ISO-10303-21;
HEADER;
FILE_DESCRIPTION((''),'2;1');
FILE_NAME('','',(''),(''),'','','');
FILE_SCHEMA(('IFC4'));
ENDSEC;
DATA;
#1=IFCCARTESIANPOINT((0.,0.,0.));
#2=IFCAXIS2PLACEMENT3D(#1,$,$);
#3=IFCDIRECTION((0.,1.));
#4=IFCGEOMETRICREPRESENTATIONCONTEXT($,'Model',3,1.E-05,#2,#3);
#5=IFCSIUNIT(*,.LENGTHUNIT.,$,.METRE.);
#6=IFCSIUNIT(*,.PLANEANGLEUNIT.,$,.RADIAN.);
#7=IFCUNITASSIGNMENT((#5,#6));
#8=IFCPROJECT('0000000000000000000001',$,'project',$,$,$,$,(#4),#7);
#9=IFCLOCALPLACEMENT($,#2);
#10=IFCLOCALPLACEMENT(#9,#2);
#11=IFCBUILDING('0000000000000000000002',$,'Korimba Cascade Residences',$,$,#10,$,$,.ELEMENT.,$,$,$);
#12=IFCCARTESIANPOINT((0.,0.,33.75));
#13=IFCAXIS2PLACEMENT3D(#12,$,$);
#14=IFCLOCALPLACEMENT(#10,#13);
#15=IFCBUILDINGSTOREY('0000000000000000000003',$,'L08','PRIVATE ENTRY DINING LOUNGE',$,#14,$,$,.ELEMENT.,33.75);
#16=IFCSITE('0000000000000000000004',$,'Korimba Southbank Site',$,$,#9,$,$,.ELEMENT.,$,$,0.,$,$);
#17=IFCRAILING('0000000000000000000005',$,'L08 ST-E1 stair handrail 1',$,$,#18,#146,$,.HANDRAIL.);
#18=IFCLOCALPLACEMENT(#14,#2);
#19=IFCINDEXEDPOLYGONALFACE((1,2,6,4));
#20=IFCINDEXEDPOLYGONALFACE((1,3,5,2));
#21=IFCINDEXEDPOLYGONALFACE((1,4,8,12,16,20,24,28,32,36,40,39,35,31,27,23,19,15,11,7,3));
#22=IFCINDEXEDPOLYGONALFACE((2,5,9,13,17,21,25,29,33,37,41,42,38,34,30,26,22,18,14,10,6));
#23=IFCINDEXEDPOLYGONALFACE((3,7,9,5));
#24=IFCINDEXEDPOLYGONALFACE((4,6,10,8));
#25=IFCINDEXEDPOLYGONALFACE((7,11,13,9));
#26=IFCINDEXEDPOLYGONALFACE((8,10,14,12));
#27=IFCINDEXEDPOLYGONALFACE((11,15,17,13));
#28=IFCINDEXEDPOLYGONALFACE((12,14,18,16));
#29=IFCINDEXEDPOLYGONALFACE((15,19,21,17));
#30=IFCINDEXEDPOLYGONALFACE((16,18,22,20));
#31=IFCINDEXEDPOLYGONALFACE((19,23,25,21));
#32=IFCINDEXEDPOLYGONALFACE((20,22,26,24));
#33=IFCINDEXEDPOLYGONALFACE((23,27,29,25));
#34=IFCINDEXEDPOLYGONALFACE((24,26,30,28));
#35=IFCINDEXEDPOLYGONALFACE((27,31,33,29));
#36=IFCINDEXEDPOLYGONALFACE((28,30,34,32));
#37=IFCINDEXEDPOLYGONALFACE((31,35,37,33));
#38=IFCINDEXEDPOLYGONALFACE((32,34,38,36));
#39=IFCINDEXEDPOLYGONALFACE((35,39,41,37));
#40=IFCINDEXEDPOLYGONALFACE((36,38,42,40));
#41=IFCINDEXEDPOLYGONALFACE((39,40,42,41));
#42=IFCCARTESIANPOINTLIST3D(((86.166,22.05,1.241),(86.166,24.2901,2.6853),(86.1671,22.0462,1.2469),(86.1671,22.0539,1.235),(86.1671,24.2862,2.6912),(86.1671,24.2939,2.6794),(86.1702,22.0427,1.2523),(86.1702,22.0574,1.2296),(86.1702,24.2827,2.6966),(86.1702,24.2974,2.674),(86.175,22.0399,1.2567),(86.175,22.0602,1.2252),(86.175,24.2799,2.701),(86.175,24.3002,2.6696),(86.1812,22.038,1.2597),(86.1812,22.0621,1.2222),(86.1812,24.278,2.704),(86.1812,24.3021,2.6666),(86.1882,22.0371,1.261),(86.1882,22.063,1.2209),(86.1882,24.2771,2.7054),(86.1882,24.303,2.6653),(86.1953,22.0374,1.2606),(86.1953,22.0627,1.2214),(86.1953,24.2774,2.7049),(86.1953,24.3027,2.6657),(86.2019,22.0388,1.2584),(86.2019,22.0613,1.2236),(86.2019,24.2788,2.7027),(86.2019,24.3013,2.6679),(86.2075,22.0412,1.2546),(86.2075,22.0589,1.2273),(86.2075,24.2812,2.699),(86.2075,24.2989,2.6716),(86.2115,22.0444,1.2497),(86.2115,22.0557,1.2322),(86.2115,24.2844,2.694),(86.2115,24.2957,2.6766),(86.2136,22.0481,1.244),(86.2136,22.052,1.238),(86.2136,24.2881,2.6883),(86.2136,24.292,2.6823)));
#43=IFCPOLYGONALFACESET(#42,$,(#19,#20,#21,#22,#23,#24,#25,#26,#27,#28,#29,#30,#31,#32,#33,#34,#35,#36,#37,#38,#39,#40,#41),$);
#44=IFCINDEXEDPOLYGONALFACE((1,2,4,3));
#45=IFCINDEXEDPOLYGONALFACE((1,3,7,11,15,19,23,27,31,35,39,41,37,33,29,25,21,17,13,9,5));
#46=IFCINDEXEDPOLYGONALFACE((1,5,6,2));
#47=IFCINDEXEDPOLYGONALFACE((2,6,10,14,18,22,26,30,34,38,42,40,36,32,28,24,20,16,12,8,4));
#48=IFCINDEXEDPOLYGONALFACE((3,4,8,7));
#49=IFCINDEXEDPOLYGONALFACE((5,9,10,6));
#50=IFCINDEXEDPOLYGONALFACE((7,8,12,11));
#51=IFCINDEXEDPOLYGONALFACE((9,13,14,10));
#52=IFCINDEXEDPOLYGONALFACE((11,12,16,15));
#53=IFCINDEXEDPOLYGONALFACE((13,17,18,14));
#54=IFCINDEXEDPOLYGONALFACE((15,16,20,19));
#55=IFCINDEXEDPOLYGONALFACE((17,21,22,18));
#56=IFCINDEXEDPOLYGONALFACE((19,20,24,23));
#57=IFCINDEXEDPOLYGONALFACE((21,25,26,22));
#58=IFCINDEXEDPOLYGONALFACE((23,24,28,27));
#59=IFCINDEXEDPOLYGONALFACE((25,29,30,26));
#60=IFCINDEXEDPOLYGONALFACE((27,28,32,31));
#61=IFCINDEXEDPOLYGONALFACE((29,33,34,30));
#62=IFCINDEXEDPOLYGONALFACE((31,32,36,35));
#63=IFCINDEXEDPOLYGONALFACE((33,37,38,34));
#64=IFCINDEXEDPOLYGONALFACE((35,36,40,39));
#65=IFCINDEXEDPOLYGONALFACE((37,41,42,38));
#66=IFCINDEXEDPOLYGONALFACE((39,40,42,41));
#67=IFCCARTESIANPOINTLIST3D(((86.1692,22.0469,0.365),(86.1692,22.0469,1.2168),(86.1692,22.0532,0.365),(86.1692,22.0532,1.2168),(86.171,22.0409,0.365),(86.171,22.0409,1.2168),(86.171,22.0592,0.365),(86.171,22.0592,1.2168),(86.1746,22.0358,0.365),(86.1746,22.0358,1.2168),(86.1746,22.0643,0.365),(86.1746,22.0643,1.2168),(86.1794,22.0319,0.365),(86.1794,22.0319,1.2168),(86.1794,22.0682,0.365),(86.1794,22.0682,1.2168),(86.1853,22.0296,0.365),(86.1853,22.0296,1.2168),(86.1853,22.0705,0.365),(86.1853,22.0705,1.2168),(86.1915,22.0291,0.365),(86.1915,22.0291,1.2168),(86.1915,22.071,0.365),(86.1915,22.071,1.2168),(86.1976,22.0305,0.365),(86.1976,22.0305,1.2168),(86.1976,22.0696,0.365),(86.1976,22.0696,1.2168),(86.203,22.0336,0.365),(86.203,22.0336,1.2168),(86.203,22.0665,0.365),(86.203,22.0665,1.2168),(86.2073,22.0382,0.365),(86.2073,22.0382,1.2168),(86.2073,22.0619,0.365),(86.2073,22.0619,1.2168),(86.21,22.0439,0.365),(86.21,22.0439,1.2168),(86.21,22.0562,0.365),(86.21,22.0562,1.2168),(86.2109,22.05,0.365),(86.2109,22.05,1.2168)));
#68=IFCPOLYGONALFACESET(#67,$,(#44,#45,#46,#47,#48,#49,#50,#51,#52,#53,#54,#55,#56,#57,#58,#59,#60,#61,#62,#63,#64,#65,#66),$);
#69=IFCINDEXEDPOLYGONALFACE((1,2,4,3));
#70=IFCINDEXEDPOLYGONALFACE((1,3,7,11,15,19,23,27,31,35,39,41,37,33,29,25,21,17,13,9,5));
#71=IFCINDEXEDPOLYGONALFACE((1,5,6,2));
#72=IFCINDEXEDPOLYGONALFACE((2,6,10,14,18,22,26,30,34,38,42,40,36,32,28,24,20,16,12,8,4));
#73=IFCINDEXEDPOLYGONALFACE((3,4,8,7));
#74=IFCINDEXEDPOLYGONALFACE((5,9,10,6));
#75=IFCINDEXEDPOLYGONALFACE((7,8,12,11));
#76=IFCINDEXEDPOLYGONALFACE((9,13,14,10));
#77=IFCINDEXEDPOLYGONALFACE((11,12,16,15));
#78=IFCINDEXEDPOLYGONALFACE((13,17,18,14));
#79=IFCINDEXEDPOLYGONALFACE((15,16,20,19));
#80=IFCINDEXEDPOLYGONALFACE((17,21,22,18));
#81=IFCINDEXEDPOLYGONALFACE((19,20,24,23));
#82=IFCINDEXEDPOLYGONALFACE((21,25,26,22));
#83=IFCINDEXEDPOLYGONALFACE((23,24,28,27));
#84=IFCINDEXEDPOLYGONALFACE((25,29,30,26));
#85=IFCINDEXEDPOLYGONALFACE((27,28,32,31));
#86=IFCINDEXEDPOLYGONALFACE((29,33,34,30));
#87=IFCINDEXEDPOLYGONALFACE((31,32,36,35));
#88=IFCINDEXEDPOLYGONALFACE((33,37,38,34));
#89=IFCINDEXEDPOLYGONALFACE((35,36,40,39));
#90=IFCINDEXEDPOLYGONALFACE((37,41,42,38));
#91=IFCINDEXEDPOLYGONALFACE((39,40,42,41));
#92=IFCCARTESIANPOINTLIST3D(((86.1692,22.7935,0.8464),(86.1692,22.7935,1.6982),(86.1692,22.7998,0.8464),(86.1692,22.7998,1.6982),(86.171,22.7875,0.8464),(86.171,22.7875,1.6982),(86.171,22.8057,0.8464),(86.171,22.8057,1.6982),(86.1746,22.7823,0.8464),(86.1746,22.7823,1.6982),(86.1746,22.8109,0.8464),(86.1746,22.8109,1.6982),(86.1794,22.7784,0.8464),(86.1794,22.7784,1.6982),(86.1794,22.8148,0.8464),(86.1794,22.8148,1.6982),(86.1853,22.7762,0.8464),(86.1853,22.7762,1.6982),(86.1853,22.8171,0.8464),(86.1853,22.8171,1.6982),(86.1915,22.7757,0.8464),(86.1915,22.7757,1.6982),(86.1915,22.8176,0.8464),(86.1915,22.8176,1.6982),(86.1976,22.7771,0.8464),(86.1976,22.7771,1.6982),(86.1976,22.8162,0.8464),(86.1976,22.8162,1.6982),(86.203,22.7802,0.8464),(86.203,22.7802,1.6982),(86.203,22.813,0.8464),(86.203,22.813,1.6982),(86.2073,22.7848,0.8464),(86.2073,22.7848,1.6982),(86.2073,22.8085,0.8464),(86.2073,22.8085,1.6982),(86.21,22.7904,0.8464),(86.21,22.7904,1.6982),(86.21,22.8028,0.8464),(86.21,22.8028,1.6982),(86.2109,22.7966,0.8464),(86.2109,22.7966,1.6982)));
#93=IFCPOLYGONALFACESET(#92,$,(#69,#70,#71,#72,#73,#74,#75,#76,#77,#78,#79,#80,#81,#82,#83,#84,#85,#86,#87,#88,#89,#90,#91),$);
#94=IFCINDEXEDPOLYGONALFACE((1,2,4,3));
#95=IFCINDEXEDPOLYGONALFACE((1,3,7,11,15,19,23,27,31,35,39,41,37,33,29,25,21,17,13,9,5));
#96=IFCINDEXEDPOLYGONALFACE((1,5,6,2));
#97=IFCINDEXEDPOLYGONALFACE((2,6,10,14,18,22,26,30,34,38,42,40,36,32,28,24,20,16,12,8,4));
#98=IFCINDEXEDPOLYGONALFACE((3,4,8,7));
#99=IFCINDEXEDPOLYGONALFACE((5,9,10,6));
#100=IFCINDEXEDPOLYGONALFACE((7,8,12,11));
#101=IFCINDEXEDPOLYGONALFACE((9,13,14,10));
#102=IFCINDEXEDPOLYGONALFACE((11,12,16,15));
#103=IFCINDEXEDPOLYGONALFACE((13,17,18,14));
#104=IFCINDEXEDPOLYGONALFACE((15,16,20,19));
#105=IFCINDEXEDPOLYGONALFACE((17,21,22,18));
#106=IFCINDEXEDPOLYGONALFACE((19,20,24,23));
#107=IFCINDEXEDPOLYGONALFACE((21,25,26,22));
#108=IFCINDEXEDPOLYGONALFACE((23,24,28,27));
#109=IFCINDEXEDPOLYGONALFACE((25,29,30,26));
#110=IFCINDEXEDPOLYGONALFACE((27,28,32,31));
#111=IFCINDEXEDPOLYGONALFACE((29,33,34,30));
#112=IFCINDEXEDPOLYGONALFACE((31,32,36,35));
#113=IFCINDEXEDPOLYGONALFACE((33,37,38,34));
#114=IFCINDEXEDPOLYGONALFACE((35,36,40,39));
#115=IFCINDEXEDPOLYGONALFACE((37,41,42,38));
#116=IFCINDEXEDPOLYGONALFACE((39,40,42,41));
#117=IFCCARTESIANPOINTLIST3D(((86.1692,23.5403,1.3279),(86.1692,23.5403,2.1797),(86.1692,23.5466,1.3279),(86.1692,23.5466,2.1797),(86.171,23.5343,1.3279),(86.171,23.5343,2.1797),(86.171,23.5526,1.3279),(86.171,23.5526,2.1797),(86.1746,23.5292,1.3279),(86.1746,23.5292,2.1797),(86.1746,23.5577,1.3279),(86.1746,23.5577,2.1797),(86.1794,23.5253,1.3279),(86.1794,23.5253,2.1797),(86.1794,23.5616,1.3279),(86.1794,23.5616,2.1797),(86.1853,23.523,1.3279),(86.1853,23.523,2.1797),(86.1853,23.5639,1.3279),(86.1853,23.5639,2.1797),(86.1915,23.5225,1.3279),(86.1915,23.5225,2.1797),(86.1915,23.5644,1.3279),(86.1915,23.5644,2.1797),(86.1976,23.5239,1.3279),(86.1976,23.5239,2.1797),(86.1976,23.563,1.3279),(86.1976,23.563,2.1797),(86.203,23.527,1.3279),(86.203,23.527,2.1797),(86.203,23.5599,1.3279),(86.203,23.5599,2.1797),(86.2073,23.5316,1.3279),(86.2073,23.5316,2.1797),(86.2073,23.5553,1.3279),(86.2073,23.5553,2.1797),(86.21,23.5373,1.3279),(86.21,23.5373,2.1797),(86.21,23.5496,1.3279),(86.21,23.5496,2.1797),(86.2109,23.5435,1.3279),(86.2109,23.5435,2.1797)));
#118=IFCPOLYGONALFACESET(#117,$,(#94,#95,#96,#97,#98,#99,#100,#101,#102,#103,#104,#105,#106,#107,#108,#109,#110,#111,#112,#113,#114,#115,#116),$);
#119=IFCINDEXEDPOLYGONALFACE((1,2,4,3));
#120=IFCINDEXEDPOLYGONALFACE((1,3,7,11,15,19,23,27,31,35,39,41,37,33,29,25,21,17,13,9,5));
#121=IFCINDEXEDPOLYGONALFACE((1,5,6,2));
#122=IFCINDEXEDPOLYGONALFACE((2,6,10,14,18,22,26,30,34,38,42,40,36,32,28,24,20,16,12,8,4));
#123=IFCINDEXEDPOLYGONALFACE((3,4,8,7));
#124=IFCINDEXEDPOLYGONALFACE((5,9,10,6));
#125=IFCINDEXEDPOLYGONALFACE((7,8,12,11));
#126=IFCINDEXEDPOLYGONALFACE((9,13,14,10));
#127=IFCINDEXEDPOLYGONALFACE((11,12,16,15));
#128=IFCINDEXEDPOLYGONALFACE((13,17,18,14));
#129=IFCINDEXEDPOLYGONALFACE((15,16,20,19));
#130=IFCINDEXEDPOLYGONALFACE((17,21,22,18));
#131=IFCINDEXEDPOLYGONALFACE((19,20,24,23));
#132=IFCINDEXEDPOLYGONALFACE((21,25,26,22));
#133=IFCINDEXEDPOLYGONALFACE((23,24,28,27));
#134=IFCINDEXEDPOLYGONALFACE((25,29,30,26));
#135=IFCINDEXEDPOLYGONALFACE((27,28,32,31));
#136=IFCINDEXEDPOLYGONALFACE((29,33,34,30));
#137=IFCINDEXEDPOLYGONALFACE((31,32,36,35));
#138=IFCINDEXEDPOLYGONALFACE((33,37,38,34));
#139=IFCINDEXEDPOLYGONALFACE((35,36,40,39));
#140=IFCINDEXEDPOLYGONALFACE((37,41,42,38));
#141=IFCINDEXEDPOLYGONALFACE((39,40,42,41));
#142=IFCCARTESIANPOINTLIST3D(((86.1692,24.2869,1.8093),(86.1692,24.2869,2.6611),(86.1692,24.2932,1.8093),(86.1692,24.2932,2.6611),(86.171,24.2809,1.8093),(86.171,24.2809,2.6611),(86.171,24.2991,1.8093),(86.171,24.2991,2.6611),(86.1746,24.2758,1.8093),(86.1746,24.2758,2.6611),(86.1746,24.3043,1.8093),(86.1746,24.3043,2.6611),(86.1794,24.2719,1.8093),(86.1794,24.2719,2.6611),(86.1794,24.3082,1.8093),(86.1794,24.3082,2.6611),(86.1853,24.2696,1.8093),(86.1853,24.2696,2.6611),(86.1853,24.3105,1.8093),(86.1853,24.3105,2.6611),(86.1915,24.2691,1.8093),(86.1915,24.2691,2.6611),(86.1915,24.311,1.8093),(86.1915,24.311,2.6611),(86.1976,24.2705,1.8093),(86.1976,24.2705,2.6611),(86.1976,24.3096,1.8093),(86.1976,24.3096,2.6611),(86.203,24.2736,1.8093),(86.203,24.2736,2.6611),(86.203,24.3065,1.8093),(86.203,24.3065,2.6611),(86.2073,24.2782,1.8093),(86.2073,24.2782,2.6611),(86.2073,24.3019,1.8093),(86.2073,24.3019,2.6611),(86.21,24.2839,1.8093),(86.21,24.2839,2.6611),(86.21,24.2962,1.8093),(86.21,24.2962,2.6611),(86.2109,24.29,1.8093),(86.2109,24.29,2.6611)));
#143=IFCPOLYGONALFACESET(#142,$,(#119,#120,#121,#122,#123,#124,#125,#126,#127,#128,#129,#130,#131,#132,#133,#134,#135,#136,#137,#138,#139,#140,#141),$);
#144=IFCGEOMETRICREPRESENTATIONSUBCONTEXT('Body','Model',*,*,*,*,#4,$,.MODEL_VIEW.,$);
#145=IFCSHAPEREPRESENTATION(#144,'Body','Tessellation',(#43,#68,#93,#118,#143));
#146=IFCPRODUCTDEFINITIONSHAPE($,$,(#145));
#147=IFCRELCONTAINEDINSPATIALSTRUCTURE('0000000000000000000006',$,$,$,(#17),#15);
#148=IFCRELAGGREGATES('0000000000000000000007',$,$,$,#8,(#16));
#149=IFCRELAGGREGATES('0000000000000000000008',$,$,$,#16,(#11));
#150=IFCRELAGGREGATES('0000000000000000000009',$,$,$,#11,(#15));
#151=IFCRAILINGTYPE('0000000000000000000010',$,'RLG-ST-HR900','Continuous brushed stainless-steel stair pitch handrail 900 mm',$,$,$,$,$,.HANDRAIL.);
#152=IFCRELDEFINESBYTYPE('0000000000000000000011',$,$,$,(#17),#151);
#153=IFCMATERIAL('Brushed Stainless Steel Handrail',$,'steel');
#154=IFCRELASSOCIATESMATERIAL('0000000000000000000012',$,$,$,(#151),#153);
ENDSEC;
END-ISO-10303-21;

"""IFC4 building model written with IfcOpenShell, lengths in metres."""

from ifc_helpers import new_model, si_unit, direction, frame, origin, origin_2d, place, context, subcontext, project, spatial, circle, extrude, material, type_object, element, save


model = new_model("IFC4")

# Units and contexts
model_context = context("Model", 3, precision=1e-05, world=origin(), true_north=direction((0.0, 1.0)))
body_context = subcontext(model_context, "Body", "Model", "MODEL_VIEW")
ifc_project = project(units=[si_unit("LENGTHUNIT", "METRE"), si_unit("PLANEANGLEUNIT", "RADIAN")], contexts=[model_context])

# Site, building, storey
site_placement = place(None, origin())
site = spatial("IfcSite", under=ifc_project, at=site_placement, Name="Korimba Southbank Site", CompositionType="ELEMENT", RefElevation=0.0)
building_placement = place(site_placement, origin())
building = spatial("IfcBuilding", under=site, at=building_placement, Name="Korimba Cascade Residences", CompositionType="ELEMENT")
storey_placement = place(building_placement, frame((0.0, 0.0, 33.75)))
storey = spatial("IfcBuildingStorey", under=building, at=storey_placement, Name="L08", Description="PRIVATE ENTRY DINING LOUNGE", CompositionType="ELEMENT", Elevation=33.75)

# Railing
ifc_material_1 = material(Name="Brushed Stainless Steel Handrail", Category="steel")
railing_type = type_object("IfcRailingType", Name="RLG-ST-HR900", Description="Continuous brushed stainless-steel stair pitch handrail 900 mm", PredefinedType="HANDRAIL", material=ifc_material_1)
railing_placement = place(storey_placement, frame((86.1899, 22.05, 0.365)))
element("IfcRailing", 1, at=railing_placement, inside=storey, type_object=railing_type, Name="L08 ST-E1 stair handrail 1", PredefinedType="HANDRAIL", context=body_context, shape_type="SweptSolid", body=[
    extrude(circle(Radius=0.0239, at=origin_2d()), frame((0.0, 0.0, 0.876), z_axis=(0.0, 0.840437, 0.54191), x_axis=(-1.0, 0.0, 0.0)), (0.0, 0.0, 1.0), 2.6653),
    extrude(circle(Radius=0.021, at=origin_2d()), origin(), (0.0, 0.0, 1.0), 0.8518),
    extrude(circle(Radius=0.021, at=origin_2d()), frame((0.0, 0.7466, 0.4814)), (0.0, 0.0, 1.0), 0.8518),
    extrude(circle(Radius=0.021, at=origin_2d()), frame((0.0, 1.4934, 0.9629)), (0.0, 0.0, 1.0), 0.8518),
    extrude(circle(Radius=0.021, at=origin_2d()), frame((0.0, 2.24, 1.4443)), (0.0, 0.0, 1.0), 0.8518),
])

save(model, "model.ifc")
